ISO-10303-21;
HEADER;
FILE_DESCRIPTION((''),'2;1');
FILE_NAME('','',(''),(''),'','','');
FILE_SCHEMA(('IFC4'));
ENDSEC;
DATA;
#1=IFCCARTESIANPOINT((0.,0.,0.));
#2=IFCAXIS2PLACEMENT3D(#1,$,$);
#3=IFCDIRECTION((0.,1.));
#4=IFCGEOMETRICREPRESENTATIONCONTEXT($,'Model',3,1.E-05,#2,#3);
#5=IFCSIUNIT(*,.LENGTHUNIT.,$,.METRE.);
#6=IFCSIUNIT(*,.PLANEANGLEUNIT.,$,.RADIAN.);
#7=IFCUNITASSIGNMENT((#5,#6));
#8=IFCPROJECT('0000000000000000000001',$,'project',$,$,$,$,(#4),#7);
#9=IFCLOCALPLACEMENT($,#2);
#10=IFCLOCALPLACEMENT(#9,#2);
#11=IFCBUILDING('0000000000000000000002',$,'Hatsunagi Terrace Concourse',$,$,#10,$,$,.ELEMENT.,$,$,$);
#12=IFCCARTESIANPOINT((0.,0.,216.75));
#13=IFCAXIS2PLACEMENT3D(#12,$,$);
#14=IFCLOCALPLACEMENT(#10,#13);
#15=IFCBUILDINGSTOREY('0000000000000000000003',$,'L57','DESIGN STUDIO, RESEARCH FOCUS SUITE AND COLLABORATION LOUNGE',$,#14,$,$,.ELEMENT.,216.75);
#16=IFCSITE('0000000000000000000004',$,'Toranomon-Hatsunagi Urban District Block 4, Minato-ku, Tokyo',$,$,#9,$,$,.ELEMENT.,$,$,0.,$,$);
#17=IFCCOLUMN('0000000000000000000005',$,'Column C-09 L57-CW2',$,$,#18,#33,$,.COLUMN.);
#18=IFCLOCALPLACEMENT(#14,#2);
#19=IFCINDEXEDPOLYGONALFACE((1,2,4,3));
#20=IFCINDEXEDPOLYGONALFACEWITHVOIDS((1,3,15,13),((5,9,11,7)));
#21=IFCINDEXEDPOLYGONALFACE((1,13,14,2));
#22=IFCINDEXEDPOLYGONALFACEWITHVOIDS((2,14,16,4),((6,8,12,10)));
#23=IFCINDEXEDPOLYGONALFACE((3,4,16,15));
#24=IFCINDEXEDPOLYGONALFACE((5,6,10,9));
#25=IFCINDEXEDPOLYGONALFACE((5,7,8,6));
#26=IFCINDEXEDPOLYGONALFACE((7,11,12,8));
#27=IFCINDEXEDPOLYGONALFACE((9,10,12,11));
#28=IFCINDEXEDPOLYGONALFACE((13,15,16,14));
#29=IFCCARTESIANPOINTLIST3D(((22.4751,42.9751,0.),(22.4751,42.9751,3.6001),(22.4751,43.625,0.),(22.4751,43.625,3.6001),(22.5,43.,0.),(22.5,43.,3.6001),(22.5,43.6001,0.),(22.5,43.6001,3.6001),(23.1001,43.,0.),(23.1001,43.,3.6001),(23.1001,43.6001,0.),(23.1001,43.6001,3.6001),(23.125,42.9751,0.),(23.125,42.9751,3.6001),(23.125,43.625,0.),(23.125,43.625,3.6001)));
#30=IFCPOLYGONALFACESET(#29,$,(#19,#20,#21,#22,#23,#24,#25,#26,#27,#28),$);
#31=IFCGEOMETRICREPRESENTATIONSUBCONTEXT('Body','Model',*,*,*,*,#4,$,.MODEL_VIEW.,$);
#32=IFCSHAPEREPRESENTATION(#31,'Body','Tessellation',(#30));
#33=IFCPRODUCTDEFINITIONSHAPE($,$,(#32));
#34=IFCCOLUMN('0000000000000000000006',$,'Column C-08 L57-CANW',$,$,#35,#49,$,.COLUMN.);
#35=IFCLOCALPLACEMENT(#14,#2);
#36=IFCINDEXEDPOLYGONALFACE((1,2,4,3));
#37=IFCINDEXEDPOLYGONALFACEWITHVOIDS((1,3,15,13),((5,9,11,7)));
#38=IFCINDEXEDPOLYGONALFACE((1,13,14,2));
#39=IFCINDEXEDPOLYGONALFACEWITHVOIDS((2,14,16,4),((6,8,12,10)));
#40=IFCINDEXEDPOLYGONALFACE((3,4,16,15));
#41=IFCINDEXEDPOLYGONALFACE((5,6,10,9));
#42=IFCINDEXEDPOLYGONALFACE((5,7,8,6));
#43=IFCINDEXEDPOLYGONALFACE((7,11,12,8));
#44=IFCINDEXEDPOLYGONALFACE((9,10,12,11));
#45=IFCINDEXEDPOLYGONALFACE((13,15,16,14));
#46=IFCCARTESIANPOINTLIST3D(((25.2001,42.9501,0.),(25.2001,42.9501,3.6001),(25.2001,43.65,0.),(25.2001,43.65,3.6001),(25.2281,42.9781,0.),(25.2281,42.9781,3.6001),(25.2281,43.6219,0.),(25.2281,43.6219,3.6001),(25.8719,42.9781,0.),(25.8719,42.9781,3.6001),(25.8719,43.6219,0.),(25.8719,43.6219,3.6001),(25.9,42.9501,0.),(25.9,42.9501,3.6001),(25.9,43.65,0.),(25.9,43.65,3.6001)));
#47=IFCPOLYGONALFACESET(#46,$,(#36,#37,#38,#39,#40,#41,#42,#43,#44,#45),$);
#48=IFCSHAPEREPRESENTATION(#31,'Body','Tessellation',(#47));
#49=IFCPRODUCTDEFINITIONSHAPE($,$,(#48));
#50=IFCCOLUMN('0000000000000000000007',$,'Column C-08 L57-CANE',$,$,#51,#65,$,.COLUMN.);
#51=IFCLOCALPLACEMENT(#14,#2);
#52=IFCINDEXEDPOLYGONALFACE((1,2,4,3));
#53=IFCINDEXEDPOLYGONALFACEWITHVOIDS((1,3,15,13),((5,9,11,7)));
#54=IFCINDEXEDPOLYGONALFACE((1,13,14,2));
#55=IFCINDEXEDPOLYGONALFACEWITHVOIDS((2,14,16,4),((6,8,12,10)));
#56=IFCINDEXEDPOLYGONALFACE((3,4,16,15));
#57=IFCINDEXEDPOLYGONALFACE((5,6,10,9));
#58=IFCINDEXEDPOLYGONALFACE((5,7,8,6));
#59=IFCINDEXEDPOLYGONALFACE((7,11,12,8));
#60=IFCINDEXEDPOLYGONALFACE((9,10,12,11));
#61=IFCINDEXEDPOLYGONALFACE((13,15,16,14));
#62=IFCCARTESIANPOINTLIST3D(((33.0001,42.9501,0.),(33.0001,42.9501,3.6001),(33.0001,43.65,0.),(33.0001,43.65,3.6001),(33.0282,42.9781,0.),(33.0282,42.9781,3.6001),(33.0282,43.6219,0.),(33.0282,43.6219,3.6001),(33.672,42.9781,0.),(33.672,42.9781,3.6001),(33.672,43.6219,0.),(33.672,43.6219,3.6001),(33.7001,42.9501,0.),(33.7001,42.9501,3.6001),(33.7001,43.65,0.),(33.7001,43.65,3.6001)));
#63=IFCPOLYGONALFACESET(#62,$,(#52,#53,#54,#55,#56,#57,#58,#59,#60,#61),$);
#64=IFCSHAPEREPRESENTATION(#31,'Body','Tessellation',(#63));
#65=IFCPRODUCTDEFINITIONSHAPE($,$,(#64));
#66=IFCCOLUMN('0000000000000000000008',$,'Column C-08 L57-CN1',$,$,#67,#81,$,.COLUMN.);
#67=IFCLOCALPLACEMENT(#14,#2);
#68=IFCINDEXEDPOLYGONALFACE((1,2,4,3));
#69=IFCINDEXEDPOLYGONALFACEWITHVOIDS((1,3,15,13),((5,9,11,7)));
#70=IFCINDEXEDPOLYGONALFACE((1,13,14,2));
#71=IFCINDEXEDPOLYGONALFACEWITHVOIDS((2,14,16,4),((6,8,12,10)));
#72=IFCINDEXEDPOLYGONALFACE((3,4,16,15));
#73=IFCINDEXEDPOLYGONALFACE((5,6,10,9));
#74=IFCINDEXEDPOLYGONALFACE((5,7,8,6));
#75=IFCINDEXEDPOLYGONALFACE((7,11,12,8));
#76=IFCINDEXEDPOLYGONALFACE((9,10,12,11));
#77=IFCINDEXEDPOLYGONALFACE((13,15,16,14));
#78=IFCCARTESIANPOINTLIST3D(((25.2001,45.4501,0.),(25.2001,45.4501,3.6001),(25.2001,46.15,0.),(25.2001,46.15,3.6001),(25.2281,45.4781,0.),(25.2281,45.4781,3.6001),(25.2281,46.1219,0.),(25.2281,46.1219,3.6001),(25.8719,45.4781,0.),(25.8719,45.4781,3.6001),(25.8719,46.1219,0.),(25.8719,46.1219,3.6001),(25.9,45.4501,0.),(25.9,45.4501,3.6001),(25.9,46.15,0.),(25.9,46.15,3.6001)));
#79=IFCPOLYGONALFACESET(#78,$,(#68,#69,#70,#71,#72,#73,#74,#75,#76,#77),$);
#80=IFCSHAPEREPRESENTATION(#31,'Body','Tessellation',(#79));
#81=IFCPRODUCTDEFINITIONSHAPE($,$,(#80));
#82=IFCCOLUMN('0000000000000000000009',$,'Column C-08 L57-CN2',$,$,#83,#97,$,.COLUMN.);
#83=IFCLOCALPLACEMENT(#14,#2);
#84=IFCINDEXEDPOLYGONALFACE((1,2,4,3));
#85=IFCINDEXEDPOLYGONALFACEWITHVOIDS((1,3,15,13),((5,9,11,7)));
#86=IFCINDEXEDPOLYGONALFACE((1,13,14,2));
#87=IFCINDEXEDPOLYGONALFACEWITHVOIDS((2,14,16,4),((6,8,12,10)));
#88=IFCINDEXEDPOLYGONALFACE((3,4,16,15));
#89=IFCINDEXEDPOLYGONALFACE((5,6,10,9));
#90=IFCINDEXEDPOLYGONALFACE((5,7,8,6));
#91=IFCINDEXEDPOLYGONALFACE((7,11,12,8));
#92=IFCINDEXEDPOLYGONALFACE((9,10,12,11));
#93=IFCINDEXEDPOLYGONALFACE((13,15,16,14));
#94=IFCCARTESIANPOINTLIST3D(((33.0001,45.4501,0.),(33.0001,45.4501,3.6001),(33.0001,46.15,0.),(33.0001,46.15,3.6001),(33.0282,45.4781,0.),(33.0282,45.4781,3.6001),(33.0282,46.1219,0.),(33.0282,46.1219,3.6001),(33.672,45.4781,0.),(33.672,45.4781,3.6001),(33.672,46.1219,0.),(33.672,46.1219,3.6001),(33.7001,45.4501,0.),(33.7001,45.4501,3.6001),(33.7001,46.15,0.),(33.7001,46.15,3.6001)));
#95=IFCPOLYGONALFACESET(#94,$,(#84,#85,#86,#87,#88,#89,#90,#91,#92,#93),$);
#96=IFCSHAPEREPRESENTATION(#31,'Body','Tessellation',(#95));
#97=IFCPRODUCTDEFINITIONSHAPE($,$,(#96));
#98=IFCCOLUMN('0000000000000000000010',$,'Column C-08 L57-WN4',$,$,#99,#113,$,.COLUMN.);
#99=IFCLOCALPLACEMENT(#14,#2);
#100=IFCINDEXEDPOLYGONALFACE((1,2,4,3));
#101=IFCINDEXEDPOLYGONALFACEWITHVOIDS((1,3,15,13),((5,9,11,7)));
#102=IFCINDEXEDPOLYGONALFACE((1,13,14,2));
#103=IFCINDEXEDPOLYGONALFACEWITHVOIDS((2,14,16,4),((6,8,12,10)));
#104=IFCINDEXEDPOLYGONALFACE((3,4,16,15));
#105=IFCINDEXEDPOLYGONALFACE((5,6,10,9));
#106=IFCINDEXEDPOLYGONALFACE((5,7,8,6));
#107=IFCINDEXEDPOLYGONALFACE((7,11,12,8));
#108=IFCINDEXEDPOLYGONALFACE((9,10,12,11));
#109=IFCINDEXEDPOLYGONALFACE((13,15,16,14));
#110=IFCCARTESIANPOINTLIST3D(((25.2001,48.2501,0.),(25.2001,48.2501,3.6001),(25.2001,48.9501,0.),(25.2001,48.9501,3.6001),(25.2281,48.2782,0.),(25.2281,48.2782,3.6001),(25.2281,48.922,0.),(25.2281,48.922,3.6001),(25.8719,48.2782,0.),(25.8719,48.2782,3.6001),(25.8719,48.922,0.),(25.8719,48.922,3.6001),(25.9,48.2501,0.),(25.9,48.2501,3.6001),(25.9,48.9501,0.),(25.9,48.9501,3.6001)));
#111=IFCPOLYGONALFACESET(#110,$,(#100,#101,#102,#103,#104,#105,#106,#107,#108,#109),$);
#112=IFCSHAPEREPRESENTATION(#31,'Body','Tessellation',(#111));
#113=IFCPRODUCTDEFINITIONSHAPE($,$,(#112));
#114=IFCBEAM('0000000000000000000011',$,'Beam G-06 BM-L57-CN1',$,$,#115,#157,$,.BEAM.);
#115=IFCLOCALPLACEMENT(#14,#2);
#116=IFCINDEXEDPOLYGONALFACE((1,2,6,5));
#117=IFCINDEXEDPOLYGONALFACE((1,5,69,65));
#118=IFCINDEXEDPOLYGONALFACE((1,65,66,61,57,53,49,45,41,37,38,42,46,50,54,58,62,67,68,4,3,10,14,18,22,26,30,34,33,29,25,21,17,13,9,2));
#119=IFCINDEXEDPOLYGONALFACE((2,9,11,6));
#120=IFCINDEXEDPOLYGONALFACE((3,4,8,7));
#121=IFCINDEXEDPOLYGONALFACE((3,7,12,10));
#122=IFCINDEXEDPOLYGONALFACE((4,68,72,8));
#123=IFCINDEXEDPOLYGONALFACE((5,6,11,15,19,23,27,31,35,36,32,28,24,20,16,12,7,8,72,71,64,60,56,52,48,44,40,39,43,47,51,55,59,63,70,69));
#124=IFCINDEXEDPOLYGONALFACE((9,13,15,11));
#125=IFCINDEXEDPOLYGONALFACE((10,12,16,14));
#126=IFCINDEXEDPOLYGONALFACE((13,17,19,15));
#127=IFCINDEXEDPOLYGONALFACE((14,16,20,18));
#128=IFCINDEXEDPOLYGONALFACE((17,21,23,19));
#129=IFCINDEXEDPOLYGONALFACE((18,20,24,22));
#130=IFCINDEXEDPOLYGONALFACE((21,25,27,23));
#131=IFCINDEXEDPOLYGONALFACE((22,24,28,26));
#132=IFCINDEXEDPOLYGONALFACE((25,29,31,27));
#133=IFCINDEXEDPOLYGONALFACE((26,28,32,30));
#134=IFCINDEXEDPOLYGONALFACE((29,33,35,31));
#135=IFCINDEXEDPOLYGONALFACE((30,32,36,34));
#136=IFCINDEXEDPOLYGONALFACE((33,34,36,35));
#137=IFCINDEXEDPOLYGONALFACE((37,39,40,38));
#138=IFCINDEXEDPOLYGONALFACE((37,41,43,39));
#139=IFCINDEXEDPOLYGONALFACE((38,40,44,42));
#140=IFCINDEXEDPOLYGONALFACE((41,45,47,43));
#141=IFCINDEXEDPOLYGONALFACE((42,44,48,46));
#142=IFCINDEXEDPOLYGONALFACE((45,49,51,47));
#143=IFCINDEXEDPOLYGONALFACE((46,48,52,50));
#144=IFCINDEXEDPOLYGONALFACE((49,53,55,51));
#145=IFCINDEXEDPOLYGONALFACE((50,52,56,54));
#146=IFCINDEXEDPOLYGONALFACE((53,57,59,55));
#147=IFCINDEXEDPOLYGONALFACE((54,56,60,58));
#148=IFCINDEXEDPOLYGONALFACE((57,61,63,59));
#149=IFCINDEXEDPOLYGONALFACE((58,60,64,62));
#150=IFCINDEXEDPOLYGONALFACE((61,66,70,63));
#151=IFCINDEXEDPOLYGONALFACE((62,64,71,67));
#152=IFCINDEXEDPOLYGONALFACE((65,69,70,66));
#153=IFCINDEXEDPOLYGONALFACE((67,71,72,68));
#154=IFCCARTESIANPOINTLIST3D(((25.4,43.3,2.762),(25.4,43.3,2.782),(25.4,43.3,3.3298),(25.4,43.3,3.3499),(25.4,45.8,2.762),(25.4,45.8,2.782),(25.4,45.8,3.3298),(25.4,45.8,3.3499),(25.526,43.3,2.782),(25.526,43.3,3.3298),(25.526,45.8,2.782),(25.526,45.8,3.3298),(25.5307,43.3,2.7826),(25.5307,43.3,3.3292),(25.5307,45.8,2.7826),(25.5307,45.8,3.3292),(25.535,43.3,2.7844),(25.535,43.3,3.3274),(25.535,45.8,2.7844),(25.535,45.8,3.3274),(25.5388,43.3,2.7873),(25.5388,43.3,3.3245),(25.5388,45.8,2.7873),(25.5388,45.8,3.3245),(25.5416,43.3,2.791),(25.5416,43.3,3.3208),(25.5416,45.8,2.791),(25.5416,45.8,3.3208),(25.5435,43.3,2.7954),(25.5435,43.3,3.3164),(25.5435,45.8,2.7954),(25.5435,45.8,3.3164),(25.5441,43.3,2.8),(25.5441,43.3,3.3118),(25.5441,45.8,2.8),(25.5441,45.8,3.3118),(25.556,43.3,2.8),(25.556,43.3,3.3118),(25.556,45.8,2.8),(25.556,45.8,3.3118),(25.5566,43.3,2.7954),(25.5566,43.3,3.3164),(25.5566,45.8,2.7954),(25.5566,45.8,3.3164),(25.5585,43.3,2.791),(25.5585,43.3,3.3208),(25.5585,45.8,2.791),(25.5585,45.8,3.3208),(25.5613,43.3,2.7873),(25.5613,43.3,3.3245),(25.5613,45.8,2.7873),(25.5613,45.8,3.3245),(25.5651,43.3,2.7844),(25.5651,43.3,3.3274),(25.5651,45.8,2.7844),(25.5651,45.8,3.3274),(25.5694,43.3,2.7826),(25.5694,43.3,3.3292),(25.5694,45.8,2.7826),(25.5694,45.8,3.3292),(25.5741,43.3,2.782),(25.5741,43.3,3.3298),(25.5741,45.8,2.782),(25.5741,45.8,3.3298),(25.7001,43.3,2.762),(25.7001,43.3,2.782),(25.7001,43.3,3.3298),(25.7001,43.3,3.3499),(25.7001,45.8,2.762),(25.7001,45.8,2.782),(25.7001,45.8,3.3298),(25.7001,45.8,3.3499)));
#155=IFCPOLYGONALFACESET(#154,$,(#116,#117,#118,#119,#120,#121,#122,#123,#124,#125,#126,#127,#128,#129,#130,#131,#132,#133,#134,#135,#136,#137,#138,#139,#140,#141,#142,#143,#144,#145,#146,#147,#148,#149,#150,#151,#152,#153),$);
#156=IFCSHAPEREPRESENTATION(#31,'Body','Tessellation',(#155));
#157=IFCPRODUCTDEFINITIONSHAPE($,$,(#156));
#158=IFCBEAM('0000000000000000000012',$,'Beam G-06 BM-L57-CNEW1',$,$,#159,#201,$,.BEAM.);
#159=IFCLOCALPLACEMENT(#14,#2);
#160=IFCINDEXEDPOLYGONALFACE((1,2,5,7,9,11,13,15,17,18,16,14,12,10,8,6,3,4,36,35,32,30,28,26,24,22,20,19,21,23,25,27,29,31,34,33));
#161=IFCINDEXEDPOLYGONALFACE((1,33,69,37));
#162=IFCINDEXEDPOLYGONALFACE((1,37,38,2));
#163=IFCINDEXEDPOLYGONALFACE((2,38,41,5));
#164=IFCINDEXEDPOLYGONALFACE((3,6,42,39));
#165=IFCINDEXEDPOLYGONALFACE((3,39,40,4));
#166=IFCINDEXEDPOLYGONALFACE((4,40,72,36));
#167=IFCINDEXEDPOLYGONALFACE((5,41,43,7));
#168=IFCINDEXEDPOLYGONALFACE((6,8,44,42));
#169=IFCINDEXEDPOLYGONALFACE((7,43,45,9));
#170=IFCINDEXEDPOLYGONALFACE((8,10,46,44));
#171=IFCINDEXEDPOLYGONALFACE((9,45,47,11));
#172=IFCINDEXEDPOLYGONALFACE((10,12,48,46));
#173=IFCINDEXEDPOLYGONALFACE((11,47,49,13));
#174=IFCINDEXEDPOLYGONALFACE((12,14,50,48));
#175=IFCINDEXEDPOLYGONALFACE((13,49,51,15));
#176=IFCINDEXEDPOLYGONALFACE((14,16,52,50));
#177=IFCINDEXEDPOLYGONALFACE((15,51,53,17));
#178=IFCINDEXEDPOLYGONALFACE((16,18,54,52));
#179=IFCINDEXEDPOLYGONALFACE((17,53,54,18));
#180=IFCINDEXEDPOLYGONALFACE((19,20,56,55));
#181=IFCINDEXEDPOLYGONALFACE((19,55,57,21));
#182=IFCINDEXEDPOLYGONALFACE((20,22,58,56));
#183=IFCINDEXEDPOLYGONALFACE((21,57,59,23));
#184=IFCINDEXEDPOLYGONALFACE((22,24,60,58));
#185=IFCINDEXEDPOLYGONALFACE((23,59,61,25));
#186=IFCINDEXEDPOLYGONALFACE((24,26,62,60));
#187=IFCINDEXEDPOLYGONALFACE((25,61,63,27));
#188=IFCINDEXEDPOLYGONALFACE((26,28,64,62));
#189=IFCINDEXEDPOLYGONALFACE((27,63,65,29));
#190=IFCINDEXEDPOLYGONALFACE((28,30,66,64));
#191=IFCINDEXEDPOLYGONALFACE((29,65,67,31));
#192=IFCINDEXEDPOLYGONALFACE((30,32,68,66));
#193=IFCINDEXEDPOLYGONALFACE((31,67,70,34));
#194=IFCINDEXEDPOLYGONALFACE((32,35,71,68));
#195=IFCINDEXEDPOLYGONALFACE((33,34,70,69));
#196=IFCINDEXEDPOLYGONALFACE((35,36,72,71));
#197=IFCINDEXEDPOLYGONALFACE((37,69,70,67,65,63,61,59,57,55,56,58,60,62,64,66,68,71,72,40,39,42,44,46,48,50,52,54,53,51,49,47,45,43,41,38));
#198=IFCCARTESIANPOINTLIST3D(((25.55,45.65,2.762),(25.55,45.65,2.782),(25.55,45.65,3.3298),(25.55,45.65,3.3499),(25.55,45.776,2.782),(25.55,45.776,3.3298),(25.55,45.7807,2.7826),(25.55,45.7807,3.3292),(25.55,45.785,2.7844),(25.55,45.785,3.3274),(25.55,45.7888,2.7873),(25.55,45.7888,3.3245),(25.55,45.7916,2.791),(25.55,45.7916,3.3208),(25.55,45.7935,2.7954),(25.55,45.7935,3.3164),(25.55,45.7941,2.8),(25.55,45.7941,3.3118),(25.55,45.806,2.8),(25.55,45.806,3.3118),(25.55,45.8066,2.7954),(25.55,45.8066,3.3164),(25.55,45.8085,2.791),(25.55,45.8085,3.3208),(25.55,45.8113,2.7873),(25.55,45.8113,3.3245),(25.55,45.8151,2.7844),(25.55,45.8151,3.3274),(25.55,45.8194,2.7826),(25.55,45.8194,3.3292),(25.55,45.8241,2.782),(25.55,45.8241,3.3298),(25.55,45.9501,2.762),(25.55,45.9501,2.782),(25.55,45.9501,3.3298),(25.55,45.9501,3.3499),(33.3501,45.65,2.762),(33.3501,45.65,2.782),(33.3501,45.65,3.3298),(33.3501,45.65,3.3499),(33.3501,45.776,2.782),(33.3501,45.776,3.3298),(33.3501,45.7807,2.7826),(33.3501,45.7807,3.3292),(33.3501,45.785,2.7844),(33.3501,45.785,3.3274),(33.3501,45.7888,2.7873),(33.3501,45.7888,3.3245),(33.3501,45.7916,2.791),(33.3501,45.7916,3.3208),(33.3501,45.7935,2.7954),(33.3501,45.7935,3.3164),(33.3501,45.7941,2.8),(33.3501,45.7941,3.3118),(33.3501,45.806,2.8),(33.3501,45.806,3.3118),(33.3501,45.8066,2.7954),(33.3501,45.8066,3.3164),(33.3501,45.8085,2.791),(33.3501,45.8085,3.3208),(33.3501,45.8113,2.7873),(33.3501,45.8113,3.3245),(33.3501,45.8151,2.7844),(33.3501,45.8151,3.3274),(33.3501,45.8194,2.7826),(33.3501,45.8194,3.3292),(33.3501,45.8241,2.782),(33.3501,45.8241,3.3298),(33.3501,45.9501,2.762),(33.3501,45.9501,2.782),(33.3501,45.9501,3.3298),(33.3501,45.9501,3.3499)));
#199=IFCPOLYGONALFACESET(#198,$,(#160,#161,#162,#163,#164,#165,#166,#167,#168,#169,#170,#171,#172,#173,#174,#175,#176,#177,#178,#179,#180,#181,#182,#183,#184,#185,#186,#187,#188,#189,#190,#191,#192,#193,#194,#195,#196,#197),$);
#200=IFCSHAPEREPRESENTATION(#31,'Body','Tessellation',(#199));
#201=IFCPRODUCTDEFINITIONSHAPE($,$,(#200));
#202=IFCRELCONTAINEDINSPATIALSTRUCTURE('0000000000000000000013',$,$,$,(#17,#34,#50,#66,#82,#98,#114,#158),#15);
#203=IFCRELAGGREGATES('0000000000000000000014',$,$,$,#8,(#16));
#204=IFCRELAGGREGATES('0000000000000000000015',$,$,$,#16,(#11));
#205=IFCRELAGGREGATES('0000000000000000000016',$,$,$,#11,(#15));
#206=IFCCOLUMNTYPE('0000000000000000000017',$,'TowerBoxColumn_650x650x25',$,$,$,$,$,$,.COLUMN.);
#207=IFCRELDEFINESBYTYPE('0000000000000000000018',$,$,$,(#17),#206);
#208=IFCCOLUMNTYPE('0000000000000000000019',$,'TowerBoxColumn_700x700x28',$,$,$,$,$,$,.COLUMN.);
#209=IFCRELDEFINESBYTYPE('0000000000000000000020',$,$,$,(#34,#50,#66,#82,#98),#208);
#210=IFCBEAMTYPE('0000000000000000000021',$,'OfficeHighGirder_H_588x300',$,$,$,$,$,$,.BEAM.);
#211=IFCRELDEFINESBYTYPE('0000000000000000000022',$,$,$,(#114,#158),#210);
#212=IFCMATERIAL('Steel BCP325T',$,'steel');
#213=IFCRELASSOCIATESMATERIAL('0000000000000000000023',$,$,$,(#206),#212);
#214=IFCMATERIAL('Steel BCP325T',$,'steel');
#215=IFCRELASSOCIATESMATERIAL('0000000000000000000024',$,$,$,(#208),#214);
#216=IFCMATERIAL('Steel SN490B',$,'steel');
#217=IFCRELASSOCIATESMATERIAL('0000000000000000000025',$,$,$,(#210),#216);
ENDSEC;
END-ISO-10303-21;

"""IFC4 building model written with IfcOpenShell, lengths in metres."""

from ifc_helpers import new_model, si_unit, direction, frame, origin, origin_2d, place, context, subcontext, project, spatial, hollow_rectangle, i_section, extrude, material, material_profile, profile_set, type_object, element, save


model = new_model("IFC4")

# Units and contexts
model_context = context("Model", 3, precision=1e-05, world=origin(), true_north=direction((0.0, 1.0)))
body_context = subcontext(model_context, "Body", "Model", "MODEL_VIEW")
ifc_project = project(units=[si_unit("LENGTHUNIT", "METRE"), si_unit("PLANEANGLEUNIT", "RADIAN")], contexts=[model_context])

# Site, building, storey
site_placement = place(None, origin())
site = spatial("IfcSite", under=ifc_project, at=site_placement, Name="Toranomon-Hatsunagi Urban District Block 4, Minato-ku, Tokyo", CompositionType="ELEMENT", RefElevation=0.0)
building_placement = place(site_placement, origin())
building = spatial("IfcBuilding", under=site, at=building_placement, Name="Hatsunagi Terrace Concourse", CompositionType="ELEMENT")
storey_placement = place(building_placement, frame((0.0, 0.0, 216.75)))
storey = spatial("IfcBuildingStorey", under=building, at=storey_placement, Name="L57", Description="DESIGN STUDIO, RESEARCH FOCUS SUITE AND COLLABORATION LOUNGE", CompositionType="ELEMENT", Elevation=216.75)

# Columns
ifc_material_1 = material(Name="Steel BCP325T", Category="steel")
ifc_material_profile_1 = material_profile(ifc_material_1, hollow_rectangle(XDim=0.6499, YDim=0.6499, WallThickness=0.0249, at=origin_2d()), Name="BCP-650x650x25")
ifc_profile_set_1 = profile_set([ifc_material_profile_1], Name="Steel BCP325T")
column_type_1 = type_object("IfcColumnType", Name="TowerBoxColumn_650x650x25", PredefinedType="COLUMN", material=ifc_profile_set_1)
column_placement = place(storey_placement, frame((22.8, 43.3, 0.0), z_axis=(0.0, 0.0, 1.0), x_axis=(1.0, 0.0, 0.0)))
element("IfcColumn", 1, at=column_placement, inside=storey, type_object=column_type_1, Name="Column C-09 L57-CW2", PredefinedType="COLUMN", context=body_context, shape_type="SweptSolid", body=[
    extrude(hollow_rectangle(XDim=0.6499, YDim=0.6499, WallThickness=0.0249, at=origin_2d()), origin(), (0.0, 0.0, 1.0), 3.6001),
])
ifc_material_2 = material(Name="Steel BCP325T", Category="steel")
ifc_material_profile_2 = material_profile(ifc_material_2, hollow_rectangle(XDim=0.7, YDim=0.7, WallThickness=0.0281, at=origin_2d()), Name="BCP-700x700x28")
ifc_profile_set_2 = profile_set([ifc_material_profile_2], Name="Steel BCP325T")
column_type_2 = type_object("IfcColumnType", Name="TowerBoxColumn_700x700x28", PredefinedType="COLUMN", material=ifc_profile_set_2)
for number, where, z_axis, x_axis, name in (
    (2, (25.55, 43.3, 0.0), (0.0, 0.0, 1.0), (1.0, 0.0, 0.0), "Column C-08 L57-CANW"),
    (3, (33.3501, 43.3, 0.0), (0.0, 0.0, 1.0), (1.0, 0.0, 0.0), "Column C-08 L57-CANE"),
    (4, (25.55, 45.8, 0.0), (0.0, 0.0, 1.0), (1.0, 0.0, 0.0), "Column C-08 L57-CN1"),
    (5, (33.3501, 45.8, 0.0), (0.0, 0.0, 1.0), (1.0, 0.0, 0.0), "Column C-08 L57-CN2"),
    (6, (25.55, 48.6001, 0.0), (0.0, 0.0, 1.0), (1.0, 0.0, 0.0), "Column C-08 L57-WN4"),
):
    element("IfcColumn", number, at=place(storey_placement, frame(where, z_axis=z_axis, x_axis=x_axis)), inside=storey, type_object=column_type_2, Name=name, PredefinedType="COLUMN", context=body_context, shape_type="SweptSolid", body=[
        extrude(hollow_rectangle(XDim=0.7, YDim=0.7, WallThickness=0.0281, at=origin_2d()), origin(), (0.0, 0.0, 1.0), 3.6001),
    ])

# Beams
ifc_material_3 = material(Name="Steel SN490B", Category="steel")
ifc_material_profile_3 = material_profile(ifc_material_3, i_section(OverallWidth=0.3, OverallDepth=0.5879, WebThickness=0.012, FlangeThickness=0.02, FilletRadius=0.0181, at=origin_2d()), Name="H-588x300x12x20")
ifc_profile_set_3 = profile_set([ifc_material_profile_3], Name="Steel SN490B")
beam_type_1 = type_object("IfcBeamType", Name="OfficeHighGirder_H_588x300", PredefinedType="BEAM", material=ifc_profile_set_3)
beam_1_placement = place(storey_placement, frame((25.55, 43.3, 3.0559), z_axis=(0.0, 1.0, 0.0), x_axis=(-1.0, 0.0, 0.0)))
element("IfcBeam", 7, at=beam_1_placement, inside=storey, type_object=beam_type_1, Name="Beam G-06 BM-L57-CN1", PredefinedType="BEAM", context=body_context, shape_type="SweptSolid", body=[
    extrude(i_section(OverallWidth=0.3, OverallDepth=0.5879, WebThickness=0.012, FlangeThickness=0.02, FilletRadius=0.0181, at=origin_2d()), origin(), (0.0, 0.0, 1.0), 2.5),
])
beam_2_placement = place(storey_placement, frame((25.55, 45.8, 3.0559), z_axis=(1.0, 0.0, 0.0), x_axis=(0.0, 1.0, 0.0)))
element("IfcBeam", 8, at=beam_2_placement, inside=storey, type_object=beam_type_1, Name="Beam G-06 BM-L57-CNEW1", PredefinedType="BEAM", context=body_context, shape_type="SweptSolid", body=[
    extrude(i_section(OverallWidth=0.3, OverallDepth=0.5879, WebThickness=0.012, FlangeThickness=0.02, FilletRadius=0.0181, at=origin_2d()), origin(), (0.0, 0.0, 1.0), 7.8),
])

save(model, "model.ifc")
